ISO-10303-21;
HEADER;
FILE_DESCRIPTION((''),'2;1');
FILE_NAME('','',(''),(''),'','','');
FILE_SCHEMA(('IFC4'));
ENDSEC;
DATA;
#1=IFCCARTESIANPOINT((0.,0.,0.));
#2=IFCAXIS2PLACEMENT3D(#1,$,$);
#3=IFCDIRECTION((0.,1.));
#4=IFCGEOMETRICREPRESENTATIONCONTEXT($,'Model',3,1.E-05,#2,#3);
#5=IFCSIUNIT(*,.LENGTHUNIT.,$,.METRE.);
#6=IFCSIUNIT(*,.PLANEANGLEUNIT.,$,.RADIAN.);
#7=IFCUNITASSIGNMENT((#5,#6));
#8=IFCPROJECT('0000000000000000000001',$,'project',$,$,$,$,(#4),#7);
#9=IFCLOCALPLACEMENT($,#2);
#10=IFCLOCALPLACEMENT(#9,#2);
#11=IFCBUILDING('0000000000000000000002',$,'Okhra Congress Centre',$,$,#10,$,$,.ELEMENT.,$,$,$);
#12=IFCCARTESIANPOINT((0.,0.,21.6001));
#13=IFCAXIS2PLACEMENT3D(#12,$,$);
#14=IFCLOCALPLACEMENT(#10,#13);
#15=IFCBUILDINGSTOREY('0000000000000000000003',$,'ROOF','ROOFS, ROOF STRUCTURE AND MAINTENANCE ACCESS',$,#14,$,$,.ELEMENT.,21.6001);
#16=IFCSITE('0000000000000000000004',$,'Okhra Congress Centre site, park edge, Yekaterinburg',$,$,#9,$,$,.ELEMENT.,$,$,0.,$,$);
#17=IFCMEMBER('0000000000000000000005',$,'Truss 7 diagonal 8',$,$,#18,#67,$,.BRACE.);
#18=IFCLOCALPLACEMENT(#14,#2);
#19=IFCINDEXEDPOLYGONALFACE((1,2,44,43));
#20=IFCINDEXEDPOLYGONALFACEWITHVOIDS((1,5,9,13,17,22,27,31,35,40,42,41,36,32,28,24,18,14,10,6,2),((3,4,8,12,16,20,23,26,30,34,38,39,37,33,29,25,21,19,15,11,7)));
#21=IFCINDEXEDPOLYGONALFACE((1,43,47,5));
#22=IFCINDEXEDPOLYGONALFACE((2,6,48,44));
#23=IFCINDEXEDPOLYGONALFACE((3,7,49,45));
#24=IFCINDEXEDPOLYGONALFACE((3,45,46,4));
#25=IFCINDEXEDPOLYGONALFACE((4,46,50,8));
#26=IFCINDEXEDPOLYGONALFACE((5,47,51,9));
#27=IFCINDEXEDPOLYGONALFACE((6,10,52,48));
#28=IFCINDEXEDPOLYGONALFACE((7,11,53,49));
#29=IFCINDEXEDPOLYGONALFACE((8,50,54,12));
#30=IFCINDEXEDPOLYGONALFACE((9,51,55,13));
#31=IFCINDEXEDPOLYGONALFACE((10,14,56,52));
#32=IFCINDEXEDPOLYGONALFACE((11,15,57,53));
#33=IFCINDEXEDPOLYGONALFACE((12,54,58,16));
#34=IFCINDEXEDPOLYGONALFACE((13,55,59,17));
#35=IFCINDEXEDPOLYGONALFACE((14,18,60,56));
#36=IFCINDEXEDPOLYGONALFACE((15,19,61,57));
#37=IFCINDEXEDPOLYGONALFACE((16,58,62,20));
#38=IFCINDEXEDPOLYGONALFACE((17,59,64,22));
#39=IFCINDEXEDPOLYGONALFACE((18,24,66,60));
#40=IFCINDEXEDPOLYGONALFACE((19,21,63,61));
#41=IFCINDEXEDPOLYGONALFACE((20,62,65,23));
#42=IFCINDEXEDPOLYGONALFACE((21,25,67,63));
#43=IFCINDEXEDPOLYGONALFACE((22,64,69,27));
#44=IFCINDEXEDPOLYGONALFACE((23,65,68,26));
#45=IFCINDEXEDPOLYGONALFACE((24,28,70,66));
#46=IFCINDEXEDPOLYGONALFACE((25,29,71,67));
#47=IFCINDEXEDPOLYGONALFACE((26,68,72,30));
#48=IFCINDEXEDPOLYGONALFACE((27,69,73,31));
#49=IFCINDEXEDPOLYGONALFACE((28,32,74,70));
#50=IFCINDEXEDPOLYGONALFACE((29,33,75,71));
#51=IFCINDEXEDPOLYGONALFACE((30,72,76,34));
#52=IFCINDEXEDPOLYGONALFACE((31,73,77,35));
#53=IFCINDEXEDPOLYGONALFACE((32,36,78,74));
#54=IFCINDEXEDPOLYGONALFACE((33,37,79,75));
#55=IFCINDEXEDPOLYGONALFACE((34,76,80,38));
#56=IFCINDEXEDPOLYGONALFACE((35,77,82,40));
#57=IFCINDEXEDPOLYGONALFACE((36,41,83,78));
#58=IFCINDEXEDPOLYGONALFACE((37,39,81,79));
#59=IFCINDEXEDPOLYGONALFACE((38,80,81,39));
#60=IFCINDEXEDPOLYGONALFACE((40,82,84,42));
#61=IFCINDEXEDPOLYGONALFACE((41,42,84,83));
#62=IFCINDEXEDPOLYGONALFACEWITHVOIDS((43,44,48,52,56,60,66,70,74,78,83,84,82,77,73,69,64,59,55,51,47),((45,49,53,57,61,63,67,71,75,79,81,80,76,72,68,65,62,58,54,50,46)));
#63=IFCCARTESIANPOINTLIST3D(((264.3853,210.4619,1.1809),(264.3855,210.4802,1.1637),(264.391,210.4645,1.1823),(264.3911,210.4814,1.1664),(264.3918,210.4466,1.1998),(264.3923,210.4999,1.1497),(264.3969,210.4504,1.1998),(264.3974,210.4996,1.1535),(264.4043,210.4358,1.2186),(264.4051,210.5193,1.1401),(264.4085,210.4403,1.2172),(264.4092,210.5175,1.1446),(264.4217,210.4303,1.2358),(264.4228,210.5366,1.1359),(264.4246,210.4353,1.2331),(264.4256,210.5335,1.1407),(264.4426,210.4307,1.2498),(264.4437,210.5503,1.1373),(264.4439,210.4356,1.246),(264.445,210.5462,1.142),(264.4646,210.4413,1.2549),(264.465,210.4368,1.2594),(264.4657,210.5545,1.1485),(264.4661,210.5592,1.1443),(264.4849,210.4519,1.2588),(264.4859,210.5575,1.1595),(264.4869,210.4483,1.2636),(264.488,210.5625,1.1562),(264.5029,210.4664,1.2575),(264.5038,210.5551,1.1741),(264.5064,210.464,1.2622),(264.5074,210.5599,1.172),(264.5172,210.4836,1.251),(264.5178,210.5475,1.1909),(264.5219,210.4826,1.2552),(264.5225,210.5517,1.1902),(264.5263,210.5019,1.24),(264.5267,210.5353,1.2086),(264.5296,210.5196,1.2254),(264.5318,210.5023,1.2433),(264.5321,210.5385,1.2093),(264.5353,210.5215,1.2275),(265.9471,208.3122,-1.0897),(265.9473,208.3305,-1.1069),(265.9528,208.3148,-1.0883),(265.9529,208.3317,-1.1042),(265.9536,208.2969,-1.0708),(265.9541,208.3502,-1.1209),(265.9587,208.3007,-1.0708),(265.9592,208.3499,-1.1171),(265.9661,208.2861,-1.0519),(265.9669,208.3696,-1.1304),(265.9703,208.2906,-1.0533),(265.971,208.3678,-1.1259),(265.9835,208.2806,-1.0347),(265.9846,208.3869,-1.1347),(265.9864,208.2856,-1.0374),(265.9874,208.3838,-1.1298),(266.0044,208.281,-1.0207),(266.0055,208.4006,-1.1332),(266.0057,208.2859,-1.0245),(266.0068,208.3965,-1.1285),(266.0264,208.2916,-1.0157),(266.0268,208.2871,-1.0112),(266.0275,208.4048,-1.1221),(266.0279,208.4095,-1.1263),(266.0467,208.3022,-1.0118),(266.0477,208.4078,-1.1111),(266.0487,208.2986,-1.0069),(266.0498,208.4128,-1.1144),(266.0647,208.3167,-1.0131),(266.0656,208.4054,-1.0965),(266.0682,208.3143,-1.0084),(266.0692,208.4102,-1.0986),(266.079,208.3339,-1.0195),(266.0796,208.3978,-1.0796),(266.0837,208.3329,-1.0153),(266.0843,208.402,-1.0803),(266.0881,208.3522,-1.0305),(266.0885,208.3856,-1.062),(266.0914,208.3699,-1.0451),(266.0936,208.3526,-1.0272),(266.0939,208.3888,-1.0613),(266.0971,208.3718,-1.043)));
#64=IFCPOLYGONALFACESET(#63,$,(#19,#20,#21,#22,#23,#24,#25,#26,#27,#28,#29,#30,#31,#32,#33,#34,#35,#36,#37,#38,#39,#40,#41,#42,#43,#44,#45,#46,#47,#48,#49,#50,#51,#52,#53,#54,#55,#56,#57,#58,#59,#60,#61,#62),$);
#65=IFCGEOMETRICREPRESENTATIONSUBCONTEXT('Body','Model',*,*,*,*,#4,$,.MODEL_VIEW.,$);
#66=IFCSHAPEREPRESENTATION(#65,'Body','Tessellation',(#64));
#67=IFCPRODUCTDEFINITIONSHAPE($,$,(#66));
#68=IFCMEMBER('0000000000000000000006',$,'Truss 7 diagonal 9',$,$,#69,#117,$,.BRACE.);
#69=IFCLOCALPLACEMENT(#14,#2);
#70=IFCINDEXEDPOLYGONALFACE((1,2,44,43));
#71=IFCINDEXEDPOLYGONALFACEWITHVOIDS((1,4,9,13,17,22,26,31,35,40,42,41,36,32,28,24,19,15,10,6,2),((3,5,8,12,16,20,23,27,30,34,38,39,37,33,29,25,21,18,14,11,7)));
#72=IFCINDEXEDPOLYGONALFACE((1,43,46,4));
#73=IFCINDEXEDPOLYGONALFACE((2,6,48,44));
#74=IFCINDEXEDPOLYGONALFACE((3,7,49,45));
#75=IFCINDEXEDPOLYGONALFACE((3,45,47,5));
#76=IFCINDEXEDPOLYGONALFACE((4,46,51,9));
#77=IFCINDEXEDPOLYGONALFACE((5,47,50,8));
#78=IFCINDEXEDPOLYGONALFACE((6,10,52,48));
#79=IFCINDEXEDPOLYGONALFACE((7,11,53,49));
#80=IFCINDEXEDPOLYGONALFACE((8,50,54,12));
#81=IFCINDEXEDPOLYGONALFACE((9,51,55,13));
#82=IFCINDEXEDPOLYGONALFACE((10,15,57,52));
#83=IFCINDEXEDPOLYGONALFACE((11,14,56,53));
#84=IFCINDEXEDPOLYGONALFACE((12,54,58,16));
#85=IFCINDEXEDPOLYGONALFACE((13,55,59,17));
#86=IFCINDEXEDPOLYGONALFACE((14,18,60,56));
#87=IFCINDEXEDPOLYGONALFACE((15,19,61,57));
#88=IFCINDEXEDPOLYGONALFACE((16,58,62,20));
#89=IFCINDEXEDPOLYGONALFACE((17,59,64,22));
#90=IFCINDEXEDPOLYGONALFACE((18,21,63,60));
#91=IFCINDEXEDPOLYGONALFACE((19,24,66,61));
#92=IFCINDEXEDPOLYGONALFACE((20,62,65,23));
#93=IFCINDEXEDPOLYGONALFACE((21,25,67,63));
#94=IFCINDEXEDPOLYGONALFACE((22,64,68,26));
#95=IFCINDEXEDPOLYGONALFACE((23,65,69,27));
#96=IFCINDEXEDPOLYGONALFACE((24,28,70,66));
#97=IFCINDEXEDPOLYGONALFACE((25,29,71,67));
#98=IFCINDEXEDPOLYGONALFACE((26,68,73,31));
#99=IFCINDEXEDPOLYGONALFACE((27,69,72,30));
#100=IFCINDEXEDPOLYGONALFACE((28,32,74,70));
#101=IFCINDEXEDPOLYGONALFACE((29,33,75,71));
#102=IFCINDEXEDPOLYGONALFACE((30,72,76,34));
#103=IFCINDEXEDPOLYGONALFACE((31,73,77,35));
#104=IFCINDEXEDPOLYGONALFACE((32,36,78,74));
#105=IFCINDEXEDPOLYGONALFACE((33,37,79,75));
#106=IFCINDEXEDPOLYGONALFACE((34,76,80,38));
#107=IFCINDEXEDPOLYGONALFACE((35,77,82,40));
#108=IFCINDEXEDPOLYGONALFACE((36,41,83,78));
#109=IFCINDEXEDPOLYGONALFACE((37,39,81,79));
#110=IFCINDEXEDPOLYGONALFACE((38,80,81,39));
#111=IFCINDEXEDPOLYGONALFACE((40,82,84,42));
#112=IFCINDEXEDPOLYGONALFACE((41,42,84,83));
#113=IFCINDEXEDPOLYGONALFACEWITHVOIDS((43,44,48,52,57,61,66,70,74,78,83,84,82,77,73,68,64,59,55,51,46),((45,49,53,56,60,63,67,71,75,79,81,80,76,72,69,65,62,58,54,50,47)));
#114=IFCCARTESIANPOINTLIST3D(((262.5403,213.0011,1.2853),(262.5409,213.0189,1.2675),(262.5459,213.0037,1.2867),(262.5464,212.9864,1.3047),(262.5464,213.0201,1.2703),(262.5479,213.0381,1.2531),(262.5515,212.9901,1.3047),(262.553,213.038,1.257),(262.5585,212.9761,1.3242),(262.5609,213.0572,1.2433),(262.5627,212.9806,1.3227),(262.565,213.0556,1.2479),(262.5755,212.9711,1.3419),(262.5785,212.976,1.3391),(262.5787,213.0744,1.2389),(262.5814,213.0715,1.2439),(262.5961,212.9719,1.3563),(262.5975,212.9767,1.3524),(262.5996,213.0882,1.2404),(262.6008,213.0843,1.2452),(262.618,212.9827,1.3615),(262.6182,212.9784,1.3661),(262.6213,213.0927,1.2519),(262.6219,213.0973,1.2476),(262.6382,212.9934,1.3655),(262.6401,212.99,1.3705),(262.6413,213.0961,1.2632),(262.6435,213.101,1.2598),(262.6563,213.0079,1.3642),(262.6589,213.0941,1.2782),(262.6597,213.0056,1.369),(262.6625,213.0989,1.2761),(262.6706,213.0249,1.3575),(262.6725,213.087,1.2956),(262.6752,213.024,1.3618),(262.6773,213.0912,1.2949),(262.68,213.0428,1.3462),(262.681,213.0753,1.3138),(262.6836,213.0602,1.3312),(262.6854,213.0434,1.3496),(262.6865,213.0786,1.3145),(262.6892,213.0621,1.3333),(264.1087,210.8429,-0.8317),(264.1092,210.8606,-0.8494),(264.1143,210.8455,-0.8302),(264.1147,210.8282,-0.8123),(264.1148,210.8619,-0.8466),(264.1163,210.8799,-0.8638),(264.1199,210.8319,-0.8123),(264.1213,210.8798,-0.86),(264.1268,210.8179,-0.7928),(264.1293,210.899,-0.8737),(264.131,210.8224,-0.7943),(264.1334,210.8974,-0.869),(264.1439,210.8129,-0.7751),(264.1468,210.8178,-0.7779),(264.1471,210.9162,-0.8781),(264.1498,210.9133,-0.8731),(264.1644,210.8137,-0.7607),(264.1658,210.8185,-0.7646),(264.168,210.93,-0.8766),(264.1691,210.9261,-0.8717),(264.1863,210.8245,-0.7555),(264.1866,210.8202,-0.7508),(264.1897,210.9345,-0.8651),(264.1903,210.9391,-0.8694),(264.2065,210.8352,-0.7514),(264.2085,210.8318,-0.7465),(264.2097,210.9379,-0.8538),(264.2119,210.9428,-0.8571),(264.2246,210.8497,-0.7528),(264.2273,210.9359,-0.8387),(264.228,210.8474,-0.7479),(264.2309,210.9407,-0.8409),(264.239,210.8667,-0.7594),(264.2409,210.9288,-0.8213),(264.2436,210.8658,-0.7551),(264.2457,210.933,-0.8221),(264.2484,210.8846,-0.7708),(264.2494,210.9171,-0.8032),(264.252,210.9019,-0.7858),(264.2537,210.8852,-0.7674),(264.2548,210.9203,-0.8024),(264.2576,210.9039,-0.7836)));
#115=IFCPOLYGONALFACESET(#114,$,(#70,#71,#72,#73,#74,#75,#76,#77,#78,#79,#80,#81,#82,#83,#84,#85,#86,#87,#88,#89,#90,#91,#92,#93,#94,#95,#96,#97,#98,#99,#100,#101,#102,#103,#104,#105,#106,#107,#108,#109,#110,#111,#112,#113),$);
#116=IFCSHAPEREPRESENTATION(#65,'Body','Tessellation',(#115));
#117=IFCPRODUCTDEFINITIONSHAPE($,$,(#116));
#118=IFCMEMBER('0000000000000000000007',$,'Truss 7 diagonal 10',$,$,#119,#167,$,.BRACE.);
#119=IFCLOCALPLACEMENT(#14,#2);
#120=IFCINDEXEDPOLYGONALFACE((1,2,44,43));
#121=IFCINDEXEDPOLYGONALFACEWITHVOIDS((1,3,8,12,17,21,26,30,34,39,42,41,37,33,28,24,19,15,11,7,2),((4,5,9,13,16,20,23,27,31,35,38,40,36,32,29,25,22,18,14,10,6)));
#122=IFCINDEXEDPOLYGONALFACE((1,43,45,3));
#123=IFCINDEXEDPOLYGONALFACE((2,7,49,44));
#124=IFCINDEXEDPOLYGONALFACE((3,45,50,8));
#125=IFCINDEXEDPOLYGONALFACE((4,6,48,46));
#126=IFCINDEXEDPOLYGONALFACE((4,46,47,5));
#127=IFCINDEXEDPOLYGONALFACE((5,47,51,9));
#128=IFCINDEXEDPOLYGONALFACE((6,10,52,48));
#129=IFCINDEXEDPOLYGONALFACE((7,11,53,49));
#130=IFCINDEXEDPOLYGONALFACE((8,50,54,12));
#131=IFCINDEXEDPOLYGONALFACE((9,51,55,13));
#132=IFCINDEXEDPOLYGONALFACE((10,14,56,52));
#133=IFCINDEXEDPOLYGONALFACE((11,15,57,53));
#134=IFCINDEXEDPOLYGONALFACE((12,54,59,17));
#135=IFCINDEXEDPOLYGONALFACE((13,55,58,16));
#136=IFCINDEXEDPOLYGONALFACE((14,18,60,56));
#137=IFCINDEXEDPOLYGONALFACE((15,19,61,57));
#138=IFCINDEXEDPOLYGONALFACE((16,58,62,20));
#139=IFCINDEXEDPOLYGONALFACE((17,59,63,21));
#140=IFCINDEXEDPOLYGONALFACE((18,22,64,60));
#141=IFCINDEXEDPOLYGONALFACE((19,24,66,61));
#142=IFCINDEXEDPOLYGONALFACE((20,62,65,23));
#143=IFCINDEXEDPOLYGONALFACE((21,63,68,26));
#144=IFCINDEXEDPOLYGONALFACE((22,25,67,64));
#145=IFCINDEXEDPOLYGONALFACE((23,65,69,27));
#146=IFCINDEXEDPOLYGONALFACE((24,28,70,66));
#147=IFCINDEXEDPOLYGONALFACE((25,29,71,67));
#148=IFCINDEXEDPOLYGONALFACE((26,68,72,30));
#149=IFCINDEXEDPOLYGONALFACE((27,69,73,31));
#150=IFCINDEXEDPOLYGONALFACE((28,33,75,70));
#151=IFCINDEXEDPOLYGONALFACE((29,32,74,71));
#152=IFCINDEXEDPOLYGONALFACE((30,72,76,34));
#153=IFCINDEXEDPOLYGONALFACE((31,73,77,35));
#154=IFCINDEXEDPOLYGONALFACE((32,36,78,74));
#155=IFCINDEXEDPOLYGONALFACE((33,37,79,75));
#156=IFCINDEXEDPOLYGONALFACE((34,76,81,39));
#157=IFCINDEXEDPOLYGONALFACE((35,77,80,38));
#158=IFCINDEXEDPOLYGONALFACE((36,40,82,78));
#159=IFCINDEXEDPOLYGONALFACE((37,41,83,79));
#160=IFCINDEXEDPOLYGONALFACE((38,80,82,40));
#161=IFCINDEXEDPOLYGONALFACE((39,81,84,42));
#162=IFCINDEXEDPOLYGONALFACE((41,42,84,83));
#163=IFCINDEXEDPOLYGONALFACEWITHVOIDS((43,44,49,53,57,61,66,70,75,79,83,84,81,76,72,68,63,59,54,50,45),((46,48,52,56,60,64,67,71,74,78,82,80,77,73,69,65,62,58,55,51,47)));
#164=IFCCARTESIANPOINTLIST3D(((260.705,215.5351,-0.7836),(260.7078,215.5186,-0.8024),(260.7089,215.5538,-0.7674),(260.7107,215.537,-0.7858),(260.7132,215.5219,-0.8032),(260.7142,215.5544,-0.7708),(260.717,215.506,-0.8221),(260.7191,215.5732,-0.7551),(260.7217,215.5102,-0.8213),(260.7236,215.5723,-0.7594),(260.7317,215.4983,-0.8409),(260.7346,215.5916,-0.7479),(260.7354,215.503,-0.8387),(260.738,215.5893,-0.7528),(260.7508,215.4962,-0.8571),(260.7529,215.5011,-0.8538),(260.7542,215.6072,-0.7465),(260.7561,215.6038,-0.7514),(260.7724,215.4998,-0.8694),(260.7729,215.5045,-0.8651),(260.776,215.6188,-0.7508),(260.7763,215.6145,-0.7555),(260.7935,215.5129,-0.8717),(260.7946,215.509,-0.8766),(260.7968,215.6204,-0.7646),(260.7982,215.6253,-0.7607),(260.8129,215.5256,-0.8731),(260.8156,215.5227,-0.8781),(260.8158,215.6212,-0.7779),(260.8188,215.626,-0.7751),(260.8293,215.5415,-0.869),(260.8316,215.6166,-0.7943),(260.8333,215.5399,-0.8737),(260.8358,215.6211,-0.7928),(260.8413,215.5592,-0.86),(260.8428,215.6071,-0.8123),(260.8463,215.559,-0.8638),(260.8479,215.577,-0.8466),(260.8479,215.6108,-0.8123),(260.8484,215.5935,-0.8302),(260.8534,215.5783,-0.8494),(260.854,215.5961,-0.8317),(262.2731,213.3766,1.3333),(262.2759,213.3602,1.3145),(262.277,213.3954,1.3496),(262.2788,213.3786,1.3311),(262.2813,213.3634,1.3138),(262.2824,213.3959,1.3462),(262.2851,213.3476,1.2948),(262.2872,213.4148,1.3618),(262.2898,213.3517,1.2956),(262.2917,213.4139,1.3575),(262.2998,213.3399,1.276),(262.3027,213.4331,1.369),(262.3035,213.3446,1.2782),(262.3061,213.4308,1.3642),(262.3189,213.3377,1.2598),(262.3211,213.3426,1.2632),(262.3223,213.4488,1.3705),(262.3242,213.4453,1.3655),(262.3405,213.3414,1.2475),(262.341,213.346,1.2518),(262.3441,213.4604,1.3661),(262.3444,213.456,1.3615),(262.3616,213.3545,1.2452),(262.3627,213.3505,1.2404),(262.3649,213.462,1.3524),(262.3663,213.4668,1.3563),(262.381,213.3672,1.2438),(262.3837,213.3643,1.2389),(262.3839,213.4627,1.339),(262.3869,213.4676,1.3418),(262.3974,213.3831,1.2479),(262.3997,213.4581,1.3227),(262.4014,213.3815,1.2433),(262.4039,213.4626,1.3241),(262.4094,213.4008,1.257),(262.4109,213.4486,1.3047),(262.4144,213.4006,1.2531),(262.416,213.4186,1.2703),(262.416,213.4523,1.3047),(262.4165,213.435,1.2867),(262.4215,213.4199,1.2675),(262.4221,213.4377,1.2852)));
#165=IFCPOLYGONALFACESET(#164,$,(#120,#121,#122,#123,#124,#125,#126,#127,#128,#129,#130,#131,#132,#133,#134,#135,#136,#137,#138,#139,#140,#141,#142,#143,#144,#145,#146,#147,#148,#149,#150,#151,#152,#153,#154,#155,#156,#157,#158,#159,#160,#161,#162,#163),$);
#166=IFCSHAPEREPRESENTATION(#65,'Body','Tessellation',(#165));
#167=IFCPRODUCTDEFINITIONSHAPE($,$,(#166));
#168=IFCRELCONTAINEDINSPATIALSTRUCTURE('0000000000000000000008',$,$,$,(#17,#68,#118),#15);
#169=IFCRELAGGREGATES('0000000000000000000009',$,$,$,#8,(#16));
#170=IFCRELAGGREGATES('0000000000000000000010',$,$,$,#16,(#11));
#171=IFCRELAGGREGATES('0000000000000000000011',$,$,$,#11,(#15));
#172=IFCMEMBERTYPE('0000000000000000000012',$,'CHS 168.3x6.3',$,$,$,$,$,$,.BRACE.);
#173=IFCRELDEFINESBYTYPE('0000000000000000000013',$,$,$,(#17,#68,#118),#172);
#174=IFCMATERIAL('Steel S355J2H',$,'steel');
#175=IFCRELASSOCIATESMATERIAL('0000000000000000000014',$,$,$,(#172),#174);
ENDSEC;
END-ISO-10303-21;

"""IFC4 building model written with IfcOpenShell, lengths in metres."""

from ifc_helpers import new_model, si_unit, direction, frame, origin, origin_2d, place, context, subcontext, project, spatial, hollow_circle, extrude, material, material_profile, profile_set, type_object, element, save


model = new_model("IFC4")

# Units and contexts
model_context = context("Model", 3, precision=1e-05, world=origin(), true_north=direction((0.0, 1.0)))
body_context = subcontext(model_context, "Body", "Model", "MODEL_VIEW")
ifc_project = project(units=[si_unit("LENGTHUNIT", "METRE"), si_unit("PLANEANGLEUNIT", "RADIAN")], contexts=[model_context])

# Site, building, storey
site_placement = place(None, origin())
site = spatial("IfcSite", under=ifc_project, at=site_placement, Name="Okhra Congress Centre site, park edge, Yekaterinburg", CompositionType="ELEMENT", RefElevation=0.0)
building_placement = place(site_placement, origin())
building = spatial("IfcBuilding", under=site, at=building_placement, Name="Okhra Congress Centre", CompositionType="ELEMENT")
storey_placement = place(building_placement, frame((0.0, 0.0, 21.6001)))
storey = spatial("IfcBuildingStorey", under=building, at=storey_placement, Name="ROOF", Description="ROOFS, ROOF STRUCTURE AND MAINTENANCE ACCESS", CompositionType="ELEMENT", Elevation=21.6001)

# Members
ifc_material_1 = material(Name="Steel S355J2H", Category="steel")
ifc_material_profile_1 = material_profile(ifc_material_1, hollow_circle(Radius=0.0842, WallThickness=0.0063, at=origin_2d()), Name="CHS 168.3x6.3")
ifc_profile_set_1 = profile_set([ifc_material_profile_1], Name="Steel S355J2H")
member_type_1 = type_object("IfcMemberType", Name="CHS 168.3x6.3", PredefinedType="BRACE", material=ifc_profile_set_1)
member_1_placement = place(storey_placement, frame((266.0217, 208.3464, -1.0708), z_axis=(-0.446852, 0.615058, 0.649636), x_axis=(-0.809026, -0.587773, 0.0)))
element("IfcMember", 1, at=member_1_placement, inside=storey, type_object=member_type_1, Name="Truss 7 diagonal 8", PredefinedType="BRACE", context=body_context, shape_type="SweptSolid", body=[
    extrude(hollow_circle(Radius=0.0842, WallThickness=0.0063, at=origin_2d()), origin(), (0.0, 0.0, 1.0), 3.4951),
])
for number, where, z_axis, x_axis, name in (
    (2, (264.1829, 210.8777, -0.8123), (-0.460505, 0.633696, 0.621582), (-0.808958, -0.587867, 0.0), "Truss 7 diagonal 9"),
    (3, (260.7798, 215.5613, -0.8123), (0.460428, -0.63376, 0.621574), (0.809033, 0.587764, 0.0), "Truss 7 diagonal 10"),
):
    element("IfcMember", number, at=place(storey_placement, frame(where, z_axis=z_axis, x_axis=x_axis)), inside=storey, type_object=member_type_1, Name=name, PredefinedType="BRACE", context=body_context, shape_type="SweptSolid", body=[
        extrude(hollow_circle(Radius=0.0842, WallThickness=0.0063, at=origin_2d()), origin(), (0.0, 0.0, 1.0), 3.4058),
    ])

save(model, "model.ifc")
